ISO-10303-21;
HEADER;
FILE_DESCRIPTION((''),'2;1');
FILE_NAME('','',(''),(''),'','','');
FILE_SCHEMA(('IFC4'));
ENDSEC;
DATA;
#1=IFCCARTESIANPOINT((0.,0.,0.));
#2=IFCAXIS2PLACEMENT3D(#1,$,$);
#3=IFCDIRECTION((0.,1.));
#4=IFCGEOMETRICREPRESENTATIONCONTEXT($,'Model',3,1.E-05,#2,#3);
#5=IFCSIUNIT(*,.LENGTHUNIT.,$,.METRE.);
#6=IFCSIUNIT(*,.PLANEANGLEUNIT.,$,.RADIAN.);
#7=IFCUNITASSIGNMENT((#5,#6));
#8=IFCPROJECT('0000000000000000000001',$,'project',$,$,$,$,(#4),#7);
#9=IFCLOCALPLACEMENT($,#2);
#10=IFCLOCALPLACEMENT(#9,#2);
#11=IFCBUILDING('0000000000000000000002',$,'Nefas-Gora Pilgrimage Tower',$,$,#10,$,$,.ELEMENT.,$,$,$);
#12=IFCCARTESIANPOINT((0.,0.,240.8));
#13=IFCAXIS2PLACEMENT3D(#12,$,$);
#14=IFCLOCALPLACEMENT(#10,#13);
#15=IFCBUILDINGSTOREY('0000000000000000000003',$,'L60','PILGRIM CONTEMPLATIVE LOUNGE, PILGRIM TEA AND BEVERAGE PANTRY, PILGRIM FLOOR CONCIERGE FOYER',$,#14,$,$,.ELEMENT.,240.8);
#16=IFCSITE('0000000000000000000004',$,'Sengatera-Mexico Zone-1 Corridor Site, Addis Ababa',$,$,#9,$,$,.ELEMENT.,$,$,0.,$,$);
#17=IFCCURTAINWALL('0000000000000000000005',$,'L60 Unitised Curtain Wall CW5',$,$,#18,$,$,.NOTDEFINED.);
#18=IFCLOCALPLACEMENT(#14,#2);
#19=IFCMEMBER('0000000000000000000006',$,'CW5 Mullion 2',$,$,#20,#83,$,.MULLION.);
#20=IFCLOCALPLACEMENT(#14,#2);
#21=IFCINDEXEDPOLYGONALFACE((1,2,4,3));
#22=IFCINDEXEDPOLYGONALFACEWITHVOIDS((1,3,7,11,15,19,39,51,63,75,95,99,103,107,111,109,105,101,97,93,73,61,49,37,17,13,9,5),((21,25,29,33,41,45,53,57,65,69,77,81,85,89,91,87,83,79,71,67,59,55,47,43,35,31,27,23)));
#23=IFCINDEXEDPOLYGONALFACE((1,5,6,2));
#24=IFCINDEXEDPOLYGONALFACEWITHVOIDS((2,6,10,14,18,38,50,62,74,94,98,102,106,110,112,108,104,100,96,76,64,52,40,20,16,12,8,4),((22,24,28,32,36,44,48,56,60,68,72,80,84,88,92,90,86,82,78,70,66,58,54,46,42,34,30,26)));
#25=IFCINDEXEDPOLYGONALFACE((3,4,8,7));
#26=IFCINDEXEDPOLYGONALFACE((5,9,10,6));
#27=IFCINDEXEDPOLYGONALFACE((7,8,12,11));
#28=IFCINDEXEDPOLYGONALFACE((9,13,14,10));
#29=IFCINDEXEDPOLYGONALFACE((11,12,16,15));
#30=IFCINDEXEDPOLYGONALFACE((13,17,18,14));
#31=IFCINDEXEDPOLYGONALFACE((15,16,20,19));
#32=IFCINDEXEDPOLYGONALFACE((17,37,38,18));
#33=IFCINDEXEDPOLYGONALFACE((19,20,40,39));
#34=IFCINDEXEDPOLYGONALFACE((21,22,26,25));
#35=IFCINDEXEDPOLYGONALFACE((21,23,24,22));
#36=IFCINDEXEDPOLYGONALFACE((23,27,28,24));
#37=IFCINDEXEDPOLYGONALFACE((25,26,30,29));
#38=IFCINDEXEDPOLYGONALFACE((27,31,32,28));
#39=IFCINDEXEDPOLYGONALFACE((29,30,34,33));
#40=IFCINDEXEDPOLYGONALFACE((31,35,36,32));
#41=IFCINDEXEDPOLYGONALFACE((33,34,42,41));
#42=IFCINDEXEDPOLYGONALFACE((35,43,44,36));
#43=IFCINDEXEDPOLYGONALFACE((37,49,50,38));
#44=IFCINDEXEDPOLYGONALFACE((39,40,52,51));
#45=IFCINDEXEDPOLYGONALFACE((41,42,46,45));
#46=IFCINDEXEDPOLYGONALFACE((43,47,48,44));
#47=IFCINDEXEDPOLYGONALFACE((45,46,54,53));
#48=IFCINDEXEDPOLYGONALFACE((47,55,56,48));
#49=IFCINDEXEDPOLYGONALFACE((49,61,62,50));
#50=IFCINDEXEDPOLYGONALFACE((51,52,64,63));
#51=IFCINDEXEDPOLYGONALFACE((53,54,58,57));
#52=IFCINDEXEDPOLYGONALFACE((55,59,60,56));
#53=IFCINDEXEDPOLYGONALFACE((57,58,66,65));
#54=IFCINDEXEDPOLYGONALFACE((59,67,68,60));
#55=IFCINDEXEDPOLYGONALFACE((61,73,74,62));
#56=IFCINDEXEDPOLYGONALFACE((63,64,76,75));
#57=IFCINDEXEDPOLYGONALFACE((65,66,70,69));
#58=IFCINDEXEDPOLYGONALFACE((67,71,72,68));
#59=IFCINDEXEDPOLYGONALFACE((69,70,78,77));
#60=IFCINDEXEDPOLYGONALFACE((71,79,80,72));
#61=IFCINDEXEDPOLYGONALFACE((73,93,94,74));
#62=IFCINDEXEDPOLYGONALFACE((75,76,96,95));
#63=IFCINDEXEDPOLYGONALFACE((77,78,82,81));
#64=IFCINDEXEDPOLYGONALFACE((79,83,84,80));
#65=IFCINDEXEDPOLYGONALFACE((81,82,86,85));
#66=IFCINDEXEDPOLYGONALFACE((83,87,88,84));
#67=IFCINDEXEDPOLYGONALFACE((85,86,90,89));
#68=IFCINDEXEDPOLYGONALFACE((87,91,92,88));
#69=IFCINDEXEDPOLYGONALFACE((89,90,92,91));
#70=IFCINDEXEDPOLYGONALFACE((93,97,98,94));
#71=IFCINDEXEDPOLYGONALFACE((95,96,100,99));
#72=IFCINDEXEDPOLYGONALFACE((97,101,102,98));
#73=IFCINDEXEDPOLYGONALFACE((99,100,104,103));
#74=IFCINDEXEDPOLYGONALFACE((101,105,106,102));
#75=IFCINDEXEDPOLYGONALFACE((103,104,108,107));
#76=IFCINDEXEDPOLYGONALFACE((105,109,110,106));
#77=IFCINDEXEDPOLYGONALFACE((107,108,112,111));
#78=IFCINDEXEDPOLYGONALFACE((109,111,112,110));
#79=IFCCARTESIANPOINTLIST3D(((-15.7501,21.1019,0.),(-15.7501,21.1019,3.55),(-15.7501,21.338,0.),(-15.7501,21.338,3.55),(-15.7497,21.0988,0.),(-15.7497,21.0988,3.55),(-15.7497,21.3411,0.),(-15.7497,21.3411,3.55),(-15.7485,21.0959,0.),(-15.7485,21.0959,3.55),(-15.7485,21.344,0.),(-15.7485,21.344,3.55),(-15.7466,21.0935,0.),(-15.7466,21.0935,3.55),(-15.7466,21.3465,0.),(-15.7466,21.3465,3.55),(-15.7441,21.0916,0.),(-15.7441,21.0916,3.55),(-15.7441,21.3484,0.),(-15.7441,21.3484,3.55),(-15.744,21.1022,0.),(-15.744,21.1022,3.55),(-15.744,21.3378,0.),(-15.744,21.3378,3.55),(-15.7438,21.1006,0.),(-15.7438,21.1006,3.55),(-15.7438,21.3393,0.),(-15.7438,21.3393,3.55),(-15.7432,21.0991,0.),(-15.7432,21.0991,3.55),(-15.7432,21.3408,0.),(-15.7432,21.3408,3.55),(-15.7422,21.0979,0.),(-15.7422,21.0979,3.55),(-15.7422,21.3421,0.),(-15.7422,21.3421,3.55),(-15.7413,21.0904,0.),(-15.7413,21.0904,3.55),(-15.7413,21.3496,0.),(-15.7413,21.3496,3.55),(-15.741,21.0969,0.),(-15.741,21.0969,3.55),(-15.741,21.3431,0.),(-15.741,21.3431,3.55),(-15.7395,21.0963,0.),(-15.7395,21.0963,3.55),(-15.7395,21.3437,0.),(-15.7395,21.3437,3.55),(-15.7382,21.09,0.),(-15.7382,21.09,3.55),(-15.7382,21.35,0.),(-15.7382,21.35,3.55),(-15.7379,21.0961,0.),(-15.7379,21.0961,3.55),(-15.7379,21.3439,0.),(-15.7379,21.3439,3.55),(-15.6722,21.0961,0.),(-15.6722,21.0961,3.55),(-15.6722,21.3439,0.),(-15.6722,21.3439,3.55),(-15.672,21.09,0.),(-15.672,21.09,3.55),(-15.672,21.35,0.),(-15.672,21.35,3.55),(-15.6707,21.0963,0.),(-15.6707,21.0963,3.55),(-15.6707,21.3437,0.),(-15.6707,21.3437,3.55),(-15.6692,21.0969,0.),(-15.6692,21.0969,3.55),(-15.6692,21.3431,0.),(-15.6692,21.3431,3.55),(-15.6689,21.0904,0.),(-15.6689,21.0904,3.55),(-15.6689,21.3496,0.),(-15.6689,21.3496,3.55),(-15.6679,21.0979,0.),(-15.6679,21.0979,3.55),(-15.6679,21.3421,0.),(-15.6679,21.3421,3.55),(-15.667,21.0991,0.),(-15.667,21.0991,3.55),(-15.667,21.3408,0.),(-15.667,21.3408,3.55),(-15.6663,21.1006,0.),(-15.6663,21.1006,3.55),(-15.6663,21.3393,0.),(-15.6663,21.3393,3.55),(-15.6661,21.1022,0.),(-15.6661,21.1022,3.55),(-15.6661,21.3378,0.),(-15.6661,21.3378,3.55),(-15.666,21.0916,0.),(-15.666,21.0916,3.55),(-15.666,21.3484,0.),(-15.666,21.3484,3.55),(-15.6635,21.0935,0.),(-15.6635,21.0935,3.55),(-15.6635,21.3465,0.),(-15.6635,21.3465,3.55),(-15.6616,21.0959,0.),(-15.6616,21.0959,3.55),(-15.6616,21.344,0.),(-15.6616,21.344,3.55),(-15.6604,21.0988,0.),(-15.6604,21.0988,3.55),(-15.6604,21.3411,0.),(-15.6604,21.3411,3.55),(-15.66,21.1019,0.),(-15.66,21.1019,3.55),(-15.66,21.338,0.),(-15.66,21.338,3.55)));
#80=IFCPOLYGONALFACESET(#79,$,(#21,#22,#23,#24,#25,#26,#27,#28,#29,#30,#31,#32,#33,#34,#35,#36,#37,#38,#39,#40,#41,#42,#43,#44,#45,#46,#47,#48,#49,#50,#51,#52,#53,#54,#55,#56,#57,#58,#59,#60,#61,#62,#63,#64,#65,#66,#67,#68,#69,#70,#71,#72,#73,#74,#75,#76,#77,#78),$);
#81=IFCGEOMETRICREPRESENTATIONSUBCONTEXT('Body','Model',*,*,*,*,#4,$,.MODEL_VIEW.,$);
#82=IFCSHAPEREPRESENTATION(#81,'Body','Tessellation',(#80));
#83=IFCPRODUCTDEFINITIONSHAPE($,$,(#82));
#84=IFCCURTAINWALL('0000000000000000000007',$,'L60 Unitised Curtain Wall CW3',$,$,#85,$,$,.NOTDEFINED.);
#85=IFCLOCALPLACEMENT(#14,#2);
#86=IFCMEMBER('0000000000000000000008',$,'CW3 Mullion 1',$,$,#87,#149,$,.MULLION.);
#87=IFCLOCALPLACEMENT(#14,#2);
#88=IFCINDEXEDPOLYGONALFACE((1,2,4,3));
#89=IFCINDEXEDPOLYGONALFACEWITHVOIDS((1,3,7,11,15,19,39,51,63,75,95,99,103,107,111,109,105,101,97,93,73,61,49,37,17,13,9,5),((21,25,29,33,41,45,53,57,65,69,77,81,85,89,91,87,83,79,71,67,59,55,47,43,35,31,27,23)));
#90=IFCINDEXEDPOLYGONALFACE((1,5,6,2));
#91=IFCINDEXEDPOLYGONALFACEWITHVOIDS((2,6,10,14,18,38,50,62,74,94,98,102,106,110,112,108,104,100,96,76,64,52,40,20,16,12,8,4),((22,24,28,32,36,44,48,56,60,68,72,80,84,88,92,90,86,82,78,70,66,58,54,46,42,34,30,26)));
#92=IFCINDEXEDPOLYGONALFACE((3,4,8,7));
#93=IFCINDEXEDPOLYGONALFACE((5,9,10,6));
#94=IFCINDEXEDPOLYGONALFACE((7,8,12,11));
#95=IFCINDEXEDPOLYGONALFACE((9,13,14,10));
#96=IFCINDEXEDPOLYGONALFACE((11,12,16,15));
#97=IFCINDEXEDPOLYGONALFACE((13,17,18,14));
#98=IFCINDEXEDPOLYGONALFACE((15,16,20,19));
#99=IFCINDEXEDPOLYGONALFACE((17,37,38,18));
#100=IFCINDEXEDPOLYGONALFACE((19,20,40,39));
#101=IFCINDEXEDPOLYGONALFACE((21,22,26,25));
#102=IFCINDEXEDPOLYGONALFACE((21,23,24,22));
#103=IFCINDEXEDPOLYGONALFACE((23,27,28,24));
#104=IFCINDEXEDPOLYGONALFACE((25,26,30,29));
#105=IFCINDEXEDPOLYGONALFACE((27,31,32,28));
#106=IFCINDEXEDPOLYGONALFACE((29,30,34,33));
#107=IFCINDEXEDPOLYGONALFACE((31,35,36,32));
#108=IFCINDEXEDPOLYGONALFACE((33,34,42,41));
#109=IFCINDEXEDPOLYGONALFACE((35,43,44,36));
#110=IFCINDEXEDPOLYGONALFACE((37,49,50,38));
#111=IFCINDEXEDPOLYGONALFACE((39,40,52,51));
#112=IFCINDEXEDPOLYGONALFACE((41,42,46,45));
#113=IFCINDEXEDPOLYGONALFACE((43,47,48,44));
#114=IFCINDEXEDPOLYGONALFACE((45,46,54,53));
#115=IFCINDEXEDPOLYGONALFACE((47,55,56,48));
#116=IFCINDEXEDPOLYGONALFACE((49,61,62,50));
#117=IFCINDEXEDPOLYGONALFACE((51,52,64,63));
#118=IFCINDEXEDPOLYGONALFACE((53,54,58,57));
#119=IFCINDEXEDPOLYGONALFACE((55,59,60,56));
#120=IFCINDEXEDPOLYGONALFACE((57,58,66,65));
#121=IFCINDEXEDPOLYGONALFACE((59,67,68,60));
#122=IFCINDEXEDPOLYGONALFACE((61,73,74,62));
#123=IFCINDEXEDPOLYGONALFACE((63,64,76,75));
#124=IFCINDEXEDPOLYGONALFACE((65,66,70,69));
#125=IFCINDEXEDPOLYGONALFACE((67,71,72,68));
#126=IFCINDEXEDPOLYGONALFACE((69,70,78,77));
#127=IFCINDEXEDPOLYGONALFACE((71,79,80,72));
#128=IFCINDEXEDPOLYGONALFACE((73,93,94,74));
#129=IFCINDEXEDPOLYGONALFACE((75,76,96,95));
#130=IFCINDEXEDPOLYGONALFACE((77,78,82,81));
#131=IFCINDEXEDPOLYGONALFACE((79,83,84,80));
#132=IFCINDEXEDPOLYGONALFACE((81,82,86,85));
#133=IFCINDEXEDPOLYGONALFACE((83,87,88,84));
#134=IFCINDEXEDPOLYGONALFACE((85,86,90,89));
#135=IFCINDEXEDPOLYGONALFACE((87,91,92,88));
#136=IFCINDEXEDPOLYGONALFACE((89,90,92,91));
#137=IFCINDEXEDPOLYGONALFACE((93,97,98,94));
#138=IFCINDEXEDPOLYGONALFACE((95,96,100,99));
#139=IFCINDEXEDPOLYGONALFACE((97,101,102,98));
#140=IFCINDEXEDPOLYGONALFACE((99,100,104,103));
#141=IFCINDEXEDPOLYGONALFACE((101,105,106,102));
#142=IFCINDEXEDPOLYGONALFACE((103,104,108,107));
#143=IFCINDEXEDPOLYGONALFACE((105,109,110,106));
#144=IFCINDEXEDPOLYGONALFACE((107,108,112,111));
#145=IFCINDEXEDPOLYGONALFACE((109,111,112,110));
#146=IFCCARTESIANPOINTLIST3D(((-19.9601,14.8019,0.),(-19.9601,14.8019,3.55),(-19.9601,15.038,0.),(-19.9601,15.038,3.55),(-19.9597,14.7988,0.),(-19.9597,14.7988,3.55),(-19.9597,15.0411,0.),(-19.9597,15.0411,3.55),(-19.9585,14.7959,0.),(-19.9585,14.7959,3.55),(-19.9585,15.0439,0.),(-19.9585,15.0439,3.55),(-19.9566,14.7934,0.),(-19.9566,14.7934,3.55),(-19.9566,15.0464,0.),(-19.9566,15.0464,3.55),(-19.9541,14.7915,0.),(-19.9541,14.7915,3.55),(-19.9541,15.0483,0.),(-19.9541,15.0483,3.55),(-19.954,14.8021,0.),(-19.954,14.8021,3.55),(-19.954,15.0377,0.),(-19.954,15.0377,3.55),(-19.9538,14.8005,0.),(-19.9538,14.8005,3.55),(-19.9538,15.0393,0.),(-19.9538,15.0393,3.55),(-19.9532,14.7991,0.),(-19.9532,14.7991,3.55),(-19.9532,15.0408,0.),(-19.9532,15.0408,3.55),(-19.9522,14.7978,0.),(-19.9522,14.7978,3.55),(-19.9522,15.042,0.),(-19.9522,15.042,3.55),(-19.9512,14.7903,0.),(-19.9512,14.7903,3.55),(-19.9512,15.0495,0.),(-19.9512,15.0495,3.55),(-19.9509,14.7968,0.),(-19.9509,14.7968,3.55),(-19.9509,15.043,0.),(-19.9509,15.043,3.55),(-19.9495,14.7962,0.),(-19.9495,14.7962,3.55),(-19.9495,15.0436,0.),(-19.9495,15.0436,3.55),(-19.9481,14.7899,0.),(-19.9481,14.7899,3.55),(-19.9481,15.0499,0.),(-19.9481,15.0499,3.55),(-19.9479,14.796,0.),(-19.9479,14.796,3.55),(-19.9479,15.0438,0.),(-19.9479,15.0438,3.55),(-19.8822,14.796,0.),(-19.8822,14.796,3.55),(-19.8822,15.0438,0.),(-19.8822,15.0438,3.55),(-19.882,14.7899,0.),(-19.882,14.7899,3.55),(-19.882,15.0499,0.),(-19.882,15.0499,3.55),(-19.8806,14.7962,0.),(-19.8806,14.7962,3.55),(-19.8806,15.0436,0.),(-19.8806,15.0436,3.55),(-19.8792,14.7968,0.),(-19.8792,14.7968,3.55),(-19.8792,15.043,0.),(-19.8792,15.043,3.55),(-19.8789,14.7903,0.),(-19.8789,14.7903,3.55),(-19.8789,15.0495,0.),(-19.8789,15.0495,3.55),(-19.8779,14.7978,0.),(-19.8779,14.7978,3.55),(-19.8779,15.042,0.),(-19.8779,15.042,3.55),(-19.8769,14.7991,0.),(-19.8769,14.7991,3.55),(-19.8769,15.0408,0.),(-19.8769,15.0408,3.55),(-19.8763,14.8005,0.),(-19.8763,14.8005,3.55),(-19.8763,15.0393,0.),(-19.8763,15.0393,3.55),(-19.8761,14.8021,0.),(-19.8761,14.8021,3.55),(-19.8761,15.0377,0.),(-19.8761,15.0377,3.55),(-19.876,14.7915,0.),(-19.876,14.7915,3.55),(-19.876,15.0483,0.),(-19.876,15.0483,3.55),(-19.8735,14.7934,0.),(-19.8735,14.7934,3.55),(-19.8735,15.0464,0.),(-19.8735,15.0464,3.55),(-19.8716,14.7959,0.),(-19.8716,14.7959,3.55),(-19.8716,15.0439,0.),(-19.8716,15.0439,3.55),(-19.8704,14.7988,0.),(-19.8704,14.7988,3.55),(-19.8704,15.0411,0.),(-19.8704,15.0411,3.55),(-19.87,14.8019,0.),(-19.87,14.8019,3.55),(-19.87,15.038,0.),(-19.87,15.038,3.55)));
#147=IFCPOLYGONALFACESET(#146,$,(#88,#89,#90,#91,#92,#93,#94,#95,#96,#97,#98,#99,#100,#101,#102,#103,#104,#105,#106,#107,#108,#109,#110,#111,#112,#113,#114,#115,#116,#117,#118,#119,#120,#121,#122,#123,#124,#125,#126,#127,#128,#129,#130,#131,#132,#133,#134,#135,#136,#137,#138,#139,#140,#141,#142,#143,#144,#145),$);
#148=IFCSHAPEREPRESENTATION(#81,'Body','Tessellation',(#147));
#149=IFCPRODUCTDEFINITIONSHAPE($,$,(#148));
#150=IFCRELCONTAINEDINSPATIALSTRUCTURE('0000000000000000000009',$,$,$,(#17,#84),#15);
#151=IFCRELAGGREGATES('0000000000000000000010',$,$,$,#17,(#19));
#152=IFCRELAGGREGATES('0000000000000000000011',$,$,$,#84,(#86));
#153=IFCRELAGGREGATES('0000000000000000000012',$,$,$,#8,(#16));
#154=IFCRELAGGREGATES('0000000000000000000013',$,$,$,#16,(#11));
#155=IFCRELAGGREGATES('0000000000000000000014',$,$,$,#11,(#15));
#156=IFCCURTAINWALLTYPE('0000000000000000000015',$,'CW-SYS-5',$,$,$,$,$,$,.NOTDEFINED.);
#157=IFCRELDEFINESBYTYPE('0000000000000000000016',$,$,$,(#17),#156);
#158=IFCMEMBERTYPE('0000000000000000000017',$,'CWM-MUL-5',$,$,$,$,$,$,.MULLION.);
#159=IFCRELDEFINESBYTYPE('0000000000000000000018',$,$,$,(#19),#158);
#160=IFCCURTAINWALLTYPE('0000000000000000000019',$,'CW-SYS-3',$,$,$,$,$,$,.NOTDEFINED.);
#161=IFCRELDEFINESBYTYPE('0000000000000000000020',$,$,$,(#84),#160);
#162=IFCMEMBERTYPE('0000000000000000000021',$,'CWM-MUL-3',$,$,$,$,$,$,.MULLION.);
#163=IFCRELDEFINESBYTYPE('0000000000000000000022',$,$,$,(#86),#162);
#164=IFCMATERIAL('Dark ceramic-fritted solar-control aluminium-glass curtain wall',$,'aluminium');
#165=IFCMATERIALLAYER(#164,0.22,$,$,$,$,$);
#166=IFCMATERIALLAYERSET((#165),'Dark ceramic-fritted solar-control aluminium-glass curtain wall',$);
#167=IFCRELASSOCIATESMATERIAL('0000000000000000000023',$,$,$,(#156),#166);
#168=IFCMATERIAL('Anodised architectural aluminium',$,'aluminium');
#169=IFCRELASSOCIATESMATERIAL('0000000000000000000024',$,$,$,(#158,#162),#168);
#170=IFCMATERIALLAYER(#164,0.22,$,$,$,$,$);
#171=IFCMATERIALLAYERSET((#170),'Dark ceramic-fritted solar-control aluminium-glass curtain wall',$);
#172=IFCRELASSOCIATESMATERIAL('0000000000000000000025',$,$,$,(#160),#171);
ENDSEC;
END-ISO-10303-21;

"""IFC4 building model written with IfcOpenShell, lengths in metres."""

from ifc_helpers import new_model, si_unit, direction, frame, origin, origin_2d, place, context, subcontext, project, spatial, hollow_rectangle, extrude, source, transform, mapped, material, layer, layer_set, material_profile, profile_set, type_object, element, aggregate, save


model = new_model("IFC4")

# Units and contexts
model_context = context("Model", 3, precision=1e-05, world=origin(), true_north=direction((0.0, 1.0)))
body_context = subcontext(model_context, "Body", "Model", "MODEL_VIEW")
ifc_project = project(units=[si_unit("LENGTHUNIT", "METRE"), si_unit("PLANEANGLEUNIT", "RADIAN")], contexts=[model_context])

# Site, building, storey
site_placement = place(None, origin())
site = spatial("IfcSite", under=ifc_project, at=site_placement, Name="Sengatera-Mexico Zone-1 Corridor Site, Addis Ababa", CompositionType="ELEMENT", RefElevation=0.0)
building_placement = place(site_placement, origin())
building = spatial("IfcBuilding", under=site, at=building_placement, Name="Nefas-Gora Pilgrimage Tower", CompositionType="ELEMENT")
storey_placement = place(building_placement, frame((0.0, 0.0, 240.8)))
storey = spatial("IfcBuildingStorey", under=building, at=storey_placement, Name="L60", Description="PILGRIM CONTEMPLATIVE LOUNGE, PILGRIM TEA AND BEVERAGE PANTRY, PILGRIM FLOOR CONCIERGE FOYER", CompositionType="ELEMENT", Elevation=240.8)

# Curtain wall, member
ifc_material_1 = material(Name="Dark ceramic-fritted solar-control aluminium-glass curtain wall", Category="aluminium")
ifc_layer_1 = layer(ifc_material_1, 0.22)
ifc_layer_set_1 = layer_set([ifc_layer_1], Name="Dark ceramic-fritted solar-control aluminium-glass curtain wall")
curtain_wall_type_1 = type_object("IfcCurtainWallType", Name="CW-SYS-5", PredefinedType="NOTDEFINED", material=ifc_layer_set_1)
curtain_wall_1_placement = place(storey_placement, origin())
curtain_wall_1 = element("IfcCurtainWall", 1, at=curtain_wall_1_placement, inside=storey, type_object=curtain_wall_type_1, Name="L60 Unitised Curtain Wall CW5", PredefinedType="NOTDEFINED")
ifc_material_2 = material(Name="Anodised architectural aluminium", Category="aluminium")
ifc_material_profile_1 = material_profile(ifc_material_2, hollow_rectangle(XDim=0.0901, YDim=0.26, WallThickness=0.0061, InnerFilletRadius=0.0061, OuterFilletRadius=0.012, at=origin_2d()), Name="ALU MULLION 90x260")
ifc_profile_set_1 = profile_set([ifc_material_profile_1], Name="Anodised architectural aluminium")
member_type_1 = type_object("IfcMemberType", Name="CWM-MUL-5", PredefinedType="MULLION", material=ifc_profile_set_1)
shared_shape_1 = source(origin(), body_context, "Body", "SweptSolid", [
    extrude(hollow_rectangle(XDim=0.0901, YDim=0.26, WallThickness=0.0061, InnerFilletRadius=0.0061, OuterFilletRadius=0.012, at=origin_2d()), origin(), (0.0, 0.0, 1.0), 3.55),
])
member_1_placement = place(storey_placement, frame((-15.7051, 21.22, 0.0), z_axis=(0.0, 0.0, 1.0), x_axis=(-1.0, 0.0, 0.0)))
member_1 = element("IfcMember", 2, at=member_1_placement, type_object=member_type_1, Name="CW5 Mullion 2", PredefinedType="MULLION", context=body_context, shape_type="MappedRepresentation", body=[
    mapped(shared_shape_1, transform((0.0, 0.0, 0.0), x_axis=(1.0, 0.0, 0.0), y_axis=(0.0, 1.0, 0.0), z_axis=(0.0, 0.0, 1.0), scale=1.0)),
])

# Curtain wall, member
ifc_layer_2 = layer(ifc_material_1, 0.22)
ifc_layer_set_2 = layer_set([ifc_layer_2], Name="Dark ceramic-fritted solar-control aluminium-glass curtain wall")
curtain_wall_type_2 = type_object("IfcCurtainWallType", Name="CW-SYS-3", PredefinedType="NOTDEFINED", material=ifc_layer_set_2)
curtain_wall_2_placement = place(storey_placement, origin())
curtain_wall_2 = element("IfcCurtainWall", 3, at=curtain_wall_2_placement, inside=storey, type_object=curtain_wall_type_2, Name="L60 Unitised Curtain Wall CW3", PredefinedType="NOTDEFINED")
ifc_material_profile_2 = material_profile(ifc_material_2, hollow_rectangle(XDim=0.0901, YDim=0.26, WallThickness=0.0061, InnerFilletRadius=0.0061, OuterFilletRadius=0.012, at=origin_2d()), Name="ALU MULLION 90x260")
ifc_profile_set_2 = profile_set([ifc_material_profile_2], Name="Anodised architectural aluminium")
member_type_2 = type_object("IfcMemberType", Name="CWM-MUL-3", PredefinedType="MULLION", material=ifc_profile_set_2)
shared_shape_2 = source(origin(), body_context, "Body", "SweptSolid", [
    extrude(hollow_rectangle(XDim=0.0901, YDim=0.26, WallThickness=0.0061, InnerFilletRadius=0.0061, OuterFilletRadius=0.012, at=origin_2d()), origin(), (0.0, 0.0, 1.0), 3.55),
])
member_2_placement = place(storey_placement, frame((-19.915, 14.9199, 0.0), z_axis=(0.0, 0.0, 1.0), x_axis=(-1.0, 0.0, 0.0)))
member_2 = element("IfcMember", 4, at=member_2_placement, type_object=member_type_2, Name="CW3 Mullion 1", PredefinedType="MULLION", context=body_context, shape_type="MappedRepresentation", body=[
    mapped(shared_shape_2, transform((0.0, 0.0, 0.0), x_axis=(1.0, 0.0, 0.0), y_axis=(0.0, 1.0, 0.0), z_axis=(0.0, 0.0, 1.0), scale=1.0)),
])

aggregate(curtain_wall_1, [member_1])
aggregate(curtain_wall_2, [member_2])

save(model, "model.ifc")
